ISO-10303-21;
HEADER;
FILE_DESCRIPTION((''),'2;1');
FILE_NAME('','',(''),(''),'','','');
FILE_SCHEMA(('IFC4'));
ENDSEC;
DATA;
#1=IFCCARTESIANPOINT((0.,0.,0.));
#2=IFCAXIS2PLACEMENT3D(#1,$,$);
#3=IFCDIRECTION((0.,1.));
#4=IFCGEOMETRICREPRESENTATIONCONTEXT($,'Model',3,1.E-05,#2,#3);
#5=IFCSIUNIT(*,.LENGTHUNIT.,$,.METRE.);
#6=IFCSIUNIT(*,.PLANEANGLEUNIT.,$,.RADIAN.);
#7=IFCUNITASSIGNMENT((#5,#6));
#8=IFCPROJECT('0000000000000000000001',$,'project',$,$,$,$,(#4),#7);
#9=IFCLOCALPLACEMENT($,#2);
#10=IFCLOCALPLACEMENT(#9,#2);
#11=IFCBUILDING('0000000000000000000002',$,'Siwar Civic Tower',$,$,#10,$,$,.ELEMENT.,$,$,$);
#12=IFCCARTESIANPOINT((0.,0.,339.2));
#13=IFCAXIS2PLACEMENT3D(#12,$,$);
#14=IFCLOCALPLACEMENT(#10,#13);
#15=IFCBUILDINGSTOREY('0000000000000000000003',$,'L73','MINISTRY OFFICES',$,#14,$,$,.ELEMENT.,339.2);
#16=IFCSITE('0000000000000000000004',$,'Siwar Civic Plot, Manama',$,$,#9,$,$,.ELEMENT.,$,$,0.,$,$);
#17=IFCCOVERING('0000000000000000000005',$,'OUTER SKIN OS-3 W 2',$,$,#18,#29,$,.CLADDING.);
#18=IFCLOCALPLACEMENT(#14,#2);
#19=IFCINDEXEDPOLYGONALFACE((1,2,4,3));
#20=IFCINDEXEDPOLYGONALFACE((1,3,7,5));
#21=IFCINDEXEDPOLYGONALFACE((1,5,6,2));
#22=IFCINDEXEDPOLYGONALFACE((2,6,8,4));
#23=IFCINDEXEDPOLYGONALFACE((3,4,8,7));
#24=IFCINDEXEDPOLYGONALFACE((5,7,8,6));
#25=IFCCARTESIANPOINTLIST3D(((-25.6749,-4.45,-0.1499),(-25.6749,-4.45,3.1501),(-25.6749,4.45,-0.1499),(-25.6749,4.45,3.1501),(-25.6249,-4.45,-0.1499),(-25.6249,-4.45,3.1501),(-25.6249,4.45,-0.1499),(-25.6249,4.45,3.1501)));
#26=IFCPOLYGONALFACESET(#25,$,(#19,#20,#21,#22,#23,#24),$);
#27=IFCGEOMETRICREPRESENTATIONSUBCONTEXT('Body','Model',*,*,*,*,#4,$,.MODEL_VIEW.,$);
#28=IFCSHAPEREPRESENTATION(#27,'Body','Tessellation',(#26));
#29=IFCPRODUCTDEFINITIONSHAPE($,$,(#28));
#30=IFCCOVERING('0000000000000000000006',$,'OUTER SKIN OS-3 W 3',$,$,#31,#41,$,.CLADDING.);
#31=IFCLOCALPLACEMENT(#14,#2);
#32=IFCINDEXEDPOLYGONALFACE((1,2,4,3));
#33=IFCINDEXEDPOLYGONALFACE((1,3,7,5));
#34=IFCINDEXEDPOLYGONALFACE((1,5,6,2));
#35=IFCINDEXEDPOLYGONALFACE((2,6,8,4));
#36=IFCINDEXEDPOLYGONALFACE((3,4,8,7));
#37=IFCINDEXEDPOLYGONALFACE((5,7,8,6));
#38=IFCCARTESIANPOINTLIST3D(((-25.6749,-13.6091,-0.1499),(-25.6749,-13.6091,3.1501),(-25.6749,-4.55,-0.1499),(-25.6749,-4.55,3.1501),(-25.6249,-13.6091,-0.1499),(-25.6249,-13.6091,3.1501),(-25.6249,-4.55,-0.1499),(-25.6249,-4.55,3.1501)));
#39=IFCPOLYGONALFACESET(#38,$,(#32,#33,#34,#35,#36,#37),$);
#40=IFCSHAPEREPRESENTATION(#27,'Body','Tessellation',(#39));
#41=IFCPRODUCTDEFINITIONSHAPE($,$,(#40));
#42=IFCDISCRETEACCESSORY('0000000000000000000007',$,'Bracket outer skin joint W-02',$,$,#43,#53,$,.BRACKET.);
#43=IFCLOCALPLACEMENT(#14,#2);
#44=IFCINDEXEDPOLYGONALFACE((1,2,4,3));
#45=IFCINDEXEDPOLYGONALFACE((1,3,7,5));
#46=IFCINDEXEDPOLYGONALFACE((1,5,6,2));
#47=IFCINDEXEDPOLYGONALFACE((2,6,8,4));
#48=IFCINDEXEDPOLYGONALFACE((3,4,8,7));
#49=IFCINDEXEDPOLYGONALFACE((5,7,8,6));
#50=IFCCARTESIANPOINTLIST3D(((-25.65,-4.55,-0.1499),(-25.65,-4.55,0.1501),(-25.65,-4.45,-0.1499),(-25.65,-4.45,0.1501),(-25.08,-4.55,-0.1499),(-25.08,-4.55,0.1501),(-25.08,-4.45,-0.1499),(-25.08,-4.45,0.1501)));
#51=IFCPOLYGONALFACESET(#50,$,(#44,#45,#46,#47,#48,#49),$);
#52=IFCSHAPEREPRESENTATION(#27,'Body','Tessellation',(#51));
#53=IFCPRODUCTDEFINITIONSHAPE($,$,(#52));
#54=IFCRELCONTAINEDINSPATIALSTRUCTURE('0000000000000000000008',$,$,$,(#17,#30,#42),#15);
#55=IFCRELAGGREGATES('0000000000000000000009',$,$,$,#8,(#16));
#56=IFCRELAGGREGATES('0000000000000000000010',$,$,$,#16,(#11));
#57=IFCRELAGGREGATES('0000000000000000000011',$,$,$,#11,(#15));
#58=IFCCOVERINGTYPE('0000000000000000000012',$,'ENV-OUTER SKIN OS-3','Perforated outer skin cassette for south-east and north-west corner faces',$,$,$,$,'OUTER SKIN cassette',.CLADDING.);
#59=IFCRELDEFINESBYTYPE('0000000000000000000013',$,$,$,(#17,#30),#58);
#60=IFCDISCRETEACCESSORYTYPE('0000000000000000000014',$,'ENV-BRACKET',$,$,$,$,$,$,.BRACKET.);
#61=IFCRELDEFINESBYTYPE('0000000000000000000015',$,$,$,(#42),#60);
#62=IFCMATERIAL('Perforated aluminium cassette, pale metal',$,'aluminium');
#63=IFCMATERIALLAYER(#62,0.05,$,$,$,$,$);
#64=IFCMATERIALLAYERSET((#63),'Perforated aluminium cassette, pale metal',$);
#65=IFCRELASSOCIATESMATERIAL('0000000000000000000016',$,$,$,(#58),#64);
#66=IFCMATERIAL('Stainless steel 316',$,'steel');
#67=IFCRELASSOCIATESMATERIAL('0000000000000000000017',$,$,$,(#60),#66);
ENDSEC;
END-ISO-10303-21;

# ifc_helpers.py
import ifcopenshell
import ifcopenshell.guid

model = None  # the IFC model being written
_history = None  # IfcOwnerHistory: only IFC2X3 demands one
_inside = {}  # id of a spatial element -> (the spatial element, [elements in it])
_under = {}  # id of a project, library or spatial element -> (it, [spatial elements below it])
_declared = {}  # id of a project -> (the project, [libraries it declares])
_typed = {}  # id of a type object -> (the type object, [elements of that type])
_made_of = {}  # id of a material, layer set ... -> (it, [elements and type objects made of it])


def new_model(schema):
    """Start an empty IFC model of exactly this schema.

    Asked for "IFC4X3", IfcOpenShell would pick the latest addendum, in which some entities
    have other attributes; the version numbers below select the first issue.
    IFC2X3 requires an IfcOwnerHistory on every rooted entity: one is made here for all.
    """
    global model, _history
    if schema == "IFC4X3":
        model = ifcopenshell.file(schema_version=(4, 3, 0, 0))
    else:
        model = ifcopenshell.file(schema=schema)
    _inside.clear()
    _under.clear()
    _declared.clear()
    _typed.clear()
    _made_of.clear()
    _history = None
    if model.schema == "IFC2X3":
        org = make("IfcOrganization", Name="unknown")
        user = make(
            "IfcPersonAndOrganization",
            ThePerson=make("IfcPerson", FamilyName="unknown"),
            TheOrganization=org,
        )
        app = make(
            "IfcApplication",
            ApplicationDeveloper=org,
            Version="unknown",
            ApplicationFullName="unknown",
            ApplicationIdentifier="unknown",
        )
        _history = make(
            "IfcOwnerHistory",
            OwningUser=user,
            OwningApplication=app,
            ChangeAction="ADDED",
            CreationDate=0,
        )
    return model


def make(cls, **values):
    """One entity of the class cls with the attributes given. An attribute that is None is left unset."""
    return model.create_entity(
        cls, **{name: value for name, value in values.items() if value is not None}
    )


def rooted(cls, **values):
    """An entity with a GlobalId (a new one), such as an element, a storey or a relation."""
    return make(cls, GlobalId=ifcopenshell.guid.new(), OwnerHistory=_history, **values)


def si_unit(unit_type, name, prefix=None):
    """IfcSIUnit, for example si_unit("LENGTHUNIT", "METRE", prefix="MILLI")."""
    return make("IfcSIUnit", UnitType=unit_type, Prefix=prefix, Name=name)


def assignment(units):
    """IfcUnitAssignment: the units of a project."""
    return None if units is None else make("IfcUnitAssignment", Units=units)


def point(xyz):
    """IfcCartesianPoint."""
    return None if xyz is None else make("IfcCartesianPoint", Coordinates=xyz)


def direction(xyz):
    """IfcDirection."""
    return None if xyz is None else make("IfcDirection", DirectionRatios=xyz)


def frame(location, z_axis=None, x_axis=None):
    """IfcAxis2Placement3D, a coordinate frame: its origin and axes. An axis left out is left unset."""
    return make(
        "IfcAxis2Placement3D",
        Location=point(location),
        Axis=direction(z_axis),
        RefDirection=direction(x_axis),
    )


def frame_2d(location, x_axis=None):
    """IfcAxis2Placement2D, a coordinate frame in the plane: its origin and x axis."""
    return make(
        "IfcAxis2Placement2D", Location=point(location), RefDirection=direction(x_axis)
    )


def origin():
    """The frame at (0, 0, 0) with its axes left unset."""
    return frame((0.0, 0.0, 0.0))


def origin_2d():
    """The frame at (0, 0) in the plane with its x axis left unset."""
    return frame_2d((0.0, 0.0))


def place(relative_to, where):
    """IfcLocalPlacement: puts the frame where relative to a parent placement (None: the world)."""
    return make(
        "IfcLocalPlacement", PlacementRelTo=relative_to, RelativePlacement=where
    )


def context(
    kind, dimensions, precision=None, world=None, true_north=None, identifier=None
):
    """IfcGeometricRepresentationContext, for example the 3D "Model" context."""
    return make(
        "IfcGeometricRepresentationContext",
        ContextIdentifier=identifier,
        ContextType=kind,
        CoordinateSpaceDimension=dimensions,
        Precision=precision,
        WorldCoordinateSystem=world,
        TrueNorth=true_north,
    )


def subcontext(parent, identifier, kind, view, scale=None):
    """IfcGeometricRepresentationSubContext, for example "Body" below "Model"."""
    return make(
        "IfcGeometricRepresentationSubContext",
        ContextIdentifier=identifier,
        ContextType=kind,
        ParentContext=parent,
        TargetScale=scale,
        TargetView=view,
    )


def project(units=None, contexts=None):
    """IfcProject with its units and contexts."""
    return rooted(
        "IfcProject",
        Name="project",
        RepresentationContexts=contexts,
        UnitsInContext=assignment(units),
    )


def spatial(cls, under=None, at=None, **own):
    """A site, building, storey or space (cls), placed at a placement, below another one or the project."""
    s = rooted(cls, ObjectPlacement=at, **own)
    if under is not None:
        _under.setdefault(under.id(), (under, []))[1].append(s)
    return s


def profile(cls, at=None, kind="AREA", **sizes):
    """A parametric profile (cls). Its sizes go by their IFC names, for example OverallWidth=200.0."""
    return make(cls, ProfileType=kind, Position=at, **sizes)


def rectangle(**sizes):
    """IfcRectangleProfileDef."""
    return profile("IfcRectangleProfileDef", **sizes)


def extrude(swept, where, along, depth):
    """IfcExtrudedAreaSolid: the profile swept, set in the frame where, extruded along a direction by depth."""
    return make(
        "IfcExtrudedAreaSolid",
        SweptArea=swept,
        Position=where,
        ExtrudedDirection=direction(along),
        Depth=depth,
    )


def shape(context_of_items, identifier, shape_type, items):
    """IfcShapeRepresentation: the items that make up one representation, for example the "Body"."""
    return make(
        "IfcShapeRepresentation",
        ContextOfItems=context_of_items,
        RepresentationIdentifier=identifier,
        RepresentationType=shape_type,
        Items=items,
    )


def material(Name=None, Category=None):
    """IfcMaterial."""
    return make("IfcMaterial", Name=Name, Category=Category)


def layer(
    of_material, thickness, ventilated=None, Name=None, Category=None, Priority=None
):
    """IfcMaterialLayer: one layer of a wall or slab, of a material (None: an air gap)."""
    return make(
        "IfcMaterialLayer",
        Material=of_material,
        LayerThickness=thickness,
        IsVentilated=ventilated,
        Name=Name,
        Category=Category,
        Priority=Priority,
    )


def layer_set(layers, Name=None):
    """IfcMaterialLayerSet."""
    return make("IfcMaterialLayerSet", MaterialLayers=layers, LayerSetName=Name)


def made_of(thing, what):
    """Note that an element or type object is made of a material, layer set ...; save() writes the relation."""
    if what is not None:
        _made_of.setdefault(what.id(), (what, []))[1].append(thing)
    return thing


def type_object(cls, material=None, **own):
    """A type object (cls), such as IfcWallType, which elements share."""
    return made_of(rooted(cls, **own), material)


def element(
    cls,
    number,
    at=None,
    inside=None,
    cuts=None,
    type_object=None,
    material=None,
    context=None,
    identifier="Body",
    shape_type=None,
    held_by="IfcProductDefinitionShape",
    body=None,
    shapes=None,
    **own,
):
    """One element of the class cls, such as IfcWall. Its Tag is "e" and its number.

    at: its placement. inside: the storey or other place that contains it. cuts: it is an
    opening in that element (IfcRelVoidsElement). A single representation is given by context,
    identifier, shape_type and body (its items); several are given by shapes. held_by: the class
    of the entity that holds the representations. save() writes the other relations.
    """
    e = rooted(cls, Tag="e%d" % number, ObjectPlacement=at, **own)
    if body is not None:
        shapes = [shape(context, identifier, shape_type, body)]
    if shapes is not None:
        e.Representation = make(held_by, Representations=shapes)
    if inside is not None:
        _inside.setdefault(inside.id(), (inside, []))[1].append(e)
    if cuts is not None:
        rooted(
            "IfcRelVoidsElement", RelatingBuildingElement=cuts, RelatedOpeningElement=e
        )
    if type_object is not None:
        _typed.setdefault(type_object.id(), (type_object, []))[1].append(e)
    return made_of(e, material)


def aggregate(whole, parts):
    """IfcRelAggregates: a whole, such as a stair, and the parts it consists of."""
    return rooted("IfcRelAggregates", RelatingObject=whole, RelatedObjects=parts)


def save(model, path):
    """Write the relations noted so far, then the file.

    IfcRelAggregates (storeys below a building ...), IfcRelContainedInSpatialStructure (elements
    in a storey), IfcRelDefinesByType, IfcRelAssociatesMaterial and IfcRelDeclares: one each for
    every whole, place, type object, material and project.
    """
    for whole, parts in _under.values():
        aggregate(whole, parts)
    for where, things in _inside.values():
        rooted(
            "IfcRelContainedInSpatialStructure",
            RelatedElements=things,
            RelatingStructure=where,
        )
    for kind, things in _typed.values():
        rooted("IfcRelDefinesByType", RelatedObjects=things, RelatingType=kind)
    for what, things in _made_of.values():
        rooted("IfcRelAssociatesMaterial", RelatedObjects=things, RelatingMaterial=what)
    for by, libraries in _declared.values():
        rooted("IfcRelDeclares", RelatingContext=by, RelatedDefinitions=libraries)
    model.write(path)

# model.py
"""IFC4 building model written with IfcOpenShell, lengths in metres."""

from ifc_helpers import new_model, si_unit, direction, frame, origin, origin_2d, place, context, subcontext, project, spatial, rectangle, extrude, material, layer, layer_set, type_object, element, save


model = new_model("IFC4")

# Units and contexts
model_context = context("Model", 3, precision=1e-05, world=origin(), true_north=direction((0.0, 1.0)))
body_context = subcontext(model_context, "Body", "Model", "MODEL_VIEW")
ifc_project = project(units=[si_unit("LENGTHUNIT", "METRE"), si_unit("PLANEANGLEUNIT", "RADIAN")], contexts=[model_context])

# Site, building, storey
site_placement = place(None, origin())
site = spatial("IfcSite", under=ifc_project, at=site_placement, Name="Siwar Civic Plot, Manama", CompositionType="ELEMENT", RefElevation=0.0)
building_placement = place(site_placement, origin())
building = spatial("IfcBuilding", under=site, at=building_placement, Name="Siwar Civic Tower", CompositionType="ELEMENT")
storey_placement = place(building_placement, frame((0.0, 0.0, 339.2)))
storey = spatial("IfcBuildingStorey", under=building, at=storey_placement, Name="L73", Description="MINISTRY OFFICES", CompositionType="ELEMENT", Elevation=339.2)

# Coverings
ifc_material_1 = material(Name="Perforated aluminium cassette, pale metal", Category="aluminium")
ifc_layer_1 = layer(ifc_material_1, 0.05)
ifc_layer_set_1 = layer_set([ifc_layer_1], Name="Perforated aluminium cassette, pale metal")
covering_type = type_object("IfcCoveringType", Name="ENV-OUTER SKIN OS-3", Description="Perforated outer skin cassette for south-east and north-west corner faces", ElementType="OUTER SKIN cassette", PredefinedType="CLADDING", material=ifc_layer_set_1)
covering_1_placement = place(storey_placement, frame((-25.6499, 0.0, -0.1499), z_axis=(0.0, 0.0, 1.0), x_axis=(0.0, -1.0, 0.0)))
element("IfcCovering", 1, at=covering_1_placement, inside=storey, type_object=covering_type, Name="OUTER SKIN OS-3 W 2", PredefinedType="CLADDING", context=body_context, shape_type="SweptSolid", body=[
    extrude(rectangle(XDim=8.8999, YDim=0.05, at=origin_2d()), origin(), (0.0, 0.0, 1.0), 3.3),
])
covering_2_placement = place(storey_placement, frame((-25.6499, -9.0796, -0.1499), z_axis=(0.0, 0.0, 1.0), x_axis=(0.0, -1.0, 0.0)))
element("IfcCovering", 2, at=covering_2_placement, inside=storey, type_object=covering_type, Name="OUTER SKIN OS-3 W 3", PredefinedType="CLADDING", context=body_context, shape_type="SweptSolid", body=[
    extrude(rectangle(XDim=9.0591, YDim=0.05, at=origin_2d()), origin(), (0.0, 0.0, 1.0), 3.3),
])

# Discrete accessory
ifc_material_2 = material(Name="Stainless steel 316", Category="steel")
discrete_accessory_type = type_object("IfcDiscreteAccessoryType", Name="ENV-BRACKET", PredefinedType="BRACKET", material=ifc_material_2)
discrete_accessory_placement = place(storey_placement, frame((-25.365, -4.5, -0.1499), z_axis=(0.0, 0.0, 1.0), x_axis=(-1.0, 0.0, 0.0)))
element("IfcDiscreteAccessory", 3, at=discrete_accessory_placement, inside=storey, type_object=discrete_accessory_type, Name="Bracket outer skin joint W-02", PredefinedType="BRACKET", context=body_context, shape_type="SweptSolid", body=[
    extrude(rectangle(XDim=0.5701, YDim=0.1001, at=origin_2d()), origin(), (0.0, 0.0, 1.0), 0.3),
])

save(model, "model.ifc")
